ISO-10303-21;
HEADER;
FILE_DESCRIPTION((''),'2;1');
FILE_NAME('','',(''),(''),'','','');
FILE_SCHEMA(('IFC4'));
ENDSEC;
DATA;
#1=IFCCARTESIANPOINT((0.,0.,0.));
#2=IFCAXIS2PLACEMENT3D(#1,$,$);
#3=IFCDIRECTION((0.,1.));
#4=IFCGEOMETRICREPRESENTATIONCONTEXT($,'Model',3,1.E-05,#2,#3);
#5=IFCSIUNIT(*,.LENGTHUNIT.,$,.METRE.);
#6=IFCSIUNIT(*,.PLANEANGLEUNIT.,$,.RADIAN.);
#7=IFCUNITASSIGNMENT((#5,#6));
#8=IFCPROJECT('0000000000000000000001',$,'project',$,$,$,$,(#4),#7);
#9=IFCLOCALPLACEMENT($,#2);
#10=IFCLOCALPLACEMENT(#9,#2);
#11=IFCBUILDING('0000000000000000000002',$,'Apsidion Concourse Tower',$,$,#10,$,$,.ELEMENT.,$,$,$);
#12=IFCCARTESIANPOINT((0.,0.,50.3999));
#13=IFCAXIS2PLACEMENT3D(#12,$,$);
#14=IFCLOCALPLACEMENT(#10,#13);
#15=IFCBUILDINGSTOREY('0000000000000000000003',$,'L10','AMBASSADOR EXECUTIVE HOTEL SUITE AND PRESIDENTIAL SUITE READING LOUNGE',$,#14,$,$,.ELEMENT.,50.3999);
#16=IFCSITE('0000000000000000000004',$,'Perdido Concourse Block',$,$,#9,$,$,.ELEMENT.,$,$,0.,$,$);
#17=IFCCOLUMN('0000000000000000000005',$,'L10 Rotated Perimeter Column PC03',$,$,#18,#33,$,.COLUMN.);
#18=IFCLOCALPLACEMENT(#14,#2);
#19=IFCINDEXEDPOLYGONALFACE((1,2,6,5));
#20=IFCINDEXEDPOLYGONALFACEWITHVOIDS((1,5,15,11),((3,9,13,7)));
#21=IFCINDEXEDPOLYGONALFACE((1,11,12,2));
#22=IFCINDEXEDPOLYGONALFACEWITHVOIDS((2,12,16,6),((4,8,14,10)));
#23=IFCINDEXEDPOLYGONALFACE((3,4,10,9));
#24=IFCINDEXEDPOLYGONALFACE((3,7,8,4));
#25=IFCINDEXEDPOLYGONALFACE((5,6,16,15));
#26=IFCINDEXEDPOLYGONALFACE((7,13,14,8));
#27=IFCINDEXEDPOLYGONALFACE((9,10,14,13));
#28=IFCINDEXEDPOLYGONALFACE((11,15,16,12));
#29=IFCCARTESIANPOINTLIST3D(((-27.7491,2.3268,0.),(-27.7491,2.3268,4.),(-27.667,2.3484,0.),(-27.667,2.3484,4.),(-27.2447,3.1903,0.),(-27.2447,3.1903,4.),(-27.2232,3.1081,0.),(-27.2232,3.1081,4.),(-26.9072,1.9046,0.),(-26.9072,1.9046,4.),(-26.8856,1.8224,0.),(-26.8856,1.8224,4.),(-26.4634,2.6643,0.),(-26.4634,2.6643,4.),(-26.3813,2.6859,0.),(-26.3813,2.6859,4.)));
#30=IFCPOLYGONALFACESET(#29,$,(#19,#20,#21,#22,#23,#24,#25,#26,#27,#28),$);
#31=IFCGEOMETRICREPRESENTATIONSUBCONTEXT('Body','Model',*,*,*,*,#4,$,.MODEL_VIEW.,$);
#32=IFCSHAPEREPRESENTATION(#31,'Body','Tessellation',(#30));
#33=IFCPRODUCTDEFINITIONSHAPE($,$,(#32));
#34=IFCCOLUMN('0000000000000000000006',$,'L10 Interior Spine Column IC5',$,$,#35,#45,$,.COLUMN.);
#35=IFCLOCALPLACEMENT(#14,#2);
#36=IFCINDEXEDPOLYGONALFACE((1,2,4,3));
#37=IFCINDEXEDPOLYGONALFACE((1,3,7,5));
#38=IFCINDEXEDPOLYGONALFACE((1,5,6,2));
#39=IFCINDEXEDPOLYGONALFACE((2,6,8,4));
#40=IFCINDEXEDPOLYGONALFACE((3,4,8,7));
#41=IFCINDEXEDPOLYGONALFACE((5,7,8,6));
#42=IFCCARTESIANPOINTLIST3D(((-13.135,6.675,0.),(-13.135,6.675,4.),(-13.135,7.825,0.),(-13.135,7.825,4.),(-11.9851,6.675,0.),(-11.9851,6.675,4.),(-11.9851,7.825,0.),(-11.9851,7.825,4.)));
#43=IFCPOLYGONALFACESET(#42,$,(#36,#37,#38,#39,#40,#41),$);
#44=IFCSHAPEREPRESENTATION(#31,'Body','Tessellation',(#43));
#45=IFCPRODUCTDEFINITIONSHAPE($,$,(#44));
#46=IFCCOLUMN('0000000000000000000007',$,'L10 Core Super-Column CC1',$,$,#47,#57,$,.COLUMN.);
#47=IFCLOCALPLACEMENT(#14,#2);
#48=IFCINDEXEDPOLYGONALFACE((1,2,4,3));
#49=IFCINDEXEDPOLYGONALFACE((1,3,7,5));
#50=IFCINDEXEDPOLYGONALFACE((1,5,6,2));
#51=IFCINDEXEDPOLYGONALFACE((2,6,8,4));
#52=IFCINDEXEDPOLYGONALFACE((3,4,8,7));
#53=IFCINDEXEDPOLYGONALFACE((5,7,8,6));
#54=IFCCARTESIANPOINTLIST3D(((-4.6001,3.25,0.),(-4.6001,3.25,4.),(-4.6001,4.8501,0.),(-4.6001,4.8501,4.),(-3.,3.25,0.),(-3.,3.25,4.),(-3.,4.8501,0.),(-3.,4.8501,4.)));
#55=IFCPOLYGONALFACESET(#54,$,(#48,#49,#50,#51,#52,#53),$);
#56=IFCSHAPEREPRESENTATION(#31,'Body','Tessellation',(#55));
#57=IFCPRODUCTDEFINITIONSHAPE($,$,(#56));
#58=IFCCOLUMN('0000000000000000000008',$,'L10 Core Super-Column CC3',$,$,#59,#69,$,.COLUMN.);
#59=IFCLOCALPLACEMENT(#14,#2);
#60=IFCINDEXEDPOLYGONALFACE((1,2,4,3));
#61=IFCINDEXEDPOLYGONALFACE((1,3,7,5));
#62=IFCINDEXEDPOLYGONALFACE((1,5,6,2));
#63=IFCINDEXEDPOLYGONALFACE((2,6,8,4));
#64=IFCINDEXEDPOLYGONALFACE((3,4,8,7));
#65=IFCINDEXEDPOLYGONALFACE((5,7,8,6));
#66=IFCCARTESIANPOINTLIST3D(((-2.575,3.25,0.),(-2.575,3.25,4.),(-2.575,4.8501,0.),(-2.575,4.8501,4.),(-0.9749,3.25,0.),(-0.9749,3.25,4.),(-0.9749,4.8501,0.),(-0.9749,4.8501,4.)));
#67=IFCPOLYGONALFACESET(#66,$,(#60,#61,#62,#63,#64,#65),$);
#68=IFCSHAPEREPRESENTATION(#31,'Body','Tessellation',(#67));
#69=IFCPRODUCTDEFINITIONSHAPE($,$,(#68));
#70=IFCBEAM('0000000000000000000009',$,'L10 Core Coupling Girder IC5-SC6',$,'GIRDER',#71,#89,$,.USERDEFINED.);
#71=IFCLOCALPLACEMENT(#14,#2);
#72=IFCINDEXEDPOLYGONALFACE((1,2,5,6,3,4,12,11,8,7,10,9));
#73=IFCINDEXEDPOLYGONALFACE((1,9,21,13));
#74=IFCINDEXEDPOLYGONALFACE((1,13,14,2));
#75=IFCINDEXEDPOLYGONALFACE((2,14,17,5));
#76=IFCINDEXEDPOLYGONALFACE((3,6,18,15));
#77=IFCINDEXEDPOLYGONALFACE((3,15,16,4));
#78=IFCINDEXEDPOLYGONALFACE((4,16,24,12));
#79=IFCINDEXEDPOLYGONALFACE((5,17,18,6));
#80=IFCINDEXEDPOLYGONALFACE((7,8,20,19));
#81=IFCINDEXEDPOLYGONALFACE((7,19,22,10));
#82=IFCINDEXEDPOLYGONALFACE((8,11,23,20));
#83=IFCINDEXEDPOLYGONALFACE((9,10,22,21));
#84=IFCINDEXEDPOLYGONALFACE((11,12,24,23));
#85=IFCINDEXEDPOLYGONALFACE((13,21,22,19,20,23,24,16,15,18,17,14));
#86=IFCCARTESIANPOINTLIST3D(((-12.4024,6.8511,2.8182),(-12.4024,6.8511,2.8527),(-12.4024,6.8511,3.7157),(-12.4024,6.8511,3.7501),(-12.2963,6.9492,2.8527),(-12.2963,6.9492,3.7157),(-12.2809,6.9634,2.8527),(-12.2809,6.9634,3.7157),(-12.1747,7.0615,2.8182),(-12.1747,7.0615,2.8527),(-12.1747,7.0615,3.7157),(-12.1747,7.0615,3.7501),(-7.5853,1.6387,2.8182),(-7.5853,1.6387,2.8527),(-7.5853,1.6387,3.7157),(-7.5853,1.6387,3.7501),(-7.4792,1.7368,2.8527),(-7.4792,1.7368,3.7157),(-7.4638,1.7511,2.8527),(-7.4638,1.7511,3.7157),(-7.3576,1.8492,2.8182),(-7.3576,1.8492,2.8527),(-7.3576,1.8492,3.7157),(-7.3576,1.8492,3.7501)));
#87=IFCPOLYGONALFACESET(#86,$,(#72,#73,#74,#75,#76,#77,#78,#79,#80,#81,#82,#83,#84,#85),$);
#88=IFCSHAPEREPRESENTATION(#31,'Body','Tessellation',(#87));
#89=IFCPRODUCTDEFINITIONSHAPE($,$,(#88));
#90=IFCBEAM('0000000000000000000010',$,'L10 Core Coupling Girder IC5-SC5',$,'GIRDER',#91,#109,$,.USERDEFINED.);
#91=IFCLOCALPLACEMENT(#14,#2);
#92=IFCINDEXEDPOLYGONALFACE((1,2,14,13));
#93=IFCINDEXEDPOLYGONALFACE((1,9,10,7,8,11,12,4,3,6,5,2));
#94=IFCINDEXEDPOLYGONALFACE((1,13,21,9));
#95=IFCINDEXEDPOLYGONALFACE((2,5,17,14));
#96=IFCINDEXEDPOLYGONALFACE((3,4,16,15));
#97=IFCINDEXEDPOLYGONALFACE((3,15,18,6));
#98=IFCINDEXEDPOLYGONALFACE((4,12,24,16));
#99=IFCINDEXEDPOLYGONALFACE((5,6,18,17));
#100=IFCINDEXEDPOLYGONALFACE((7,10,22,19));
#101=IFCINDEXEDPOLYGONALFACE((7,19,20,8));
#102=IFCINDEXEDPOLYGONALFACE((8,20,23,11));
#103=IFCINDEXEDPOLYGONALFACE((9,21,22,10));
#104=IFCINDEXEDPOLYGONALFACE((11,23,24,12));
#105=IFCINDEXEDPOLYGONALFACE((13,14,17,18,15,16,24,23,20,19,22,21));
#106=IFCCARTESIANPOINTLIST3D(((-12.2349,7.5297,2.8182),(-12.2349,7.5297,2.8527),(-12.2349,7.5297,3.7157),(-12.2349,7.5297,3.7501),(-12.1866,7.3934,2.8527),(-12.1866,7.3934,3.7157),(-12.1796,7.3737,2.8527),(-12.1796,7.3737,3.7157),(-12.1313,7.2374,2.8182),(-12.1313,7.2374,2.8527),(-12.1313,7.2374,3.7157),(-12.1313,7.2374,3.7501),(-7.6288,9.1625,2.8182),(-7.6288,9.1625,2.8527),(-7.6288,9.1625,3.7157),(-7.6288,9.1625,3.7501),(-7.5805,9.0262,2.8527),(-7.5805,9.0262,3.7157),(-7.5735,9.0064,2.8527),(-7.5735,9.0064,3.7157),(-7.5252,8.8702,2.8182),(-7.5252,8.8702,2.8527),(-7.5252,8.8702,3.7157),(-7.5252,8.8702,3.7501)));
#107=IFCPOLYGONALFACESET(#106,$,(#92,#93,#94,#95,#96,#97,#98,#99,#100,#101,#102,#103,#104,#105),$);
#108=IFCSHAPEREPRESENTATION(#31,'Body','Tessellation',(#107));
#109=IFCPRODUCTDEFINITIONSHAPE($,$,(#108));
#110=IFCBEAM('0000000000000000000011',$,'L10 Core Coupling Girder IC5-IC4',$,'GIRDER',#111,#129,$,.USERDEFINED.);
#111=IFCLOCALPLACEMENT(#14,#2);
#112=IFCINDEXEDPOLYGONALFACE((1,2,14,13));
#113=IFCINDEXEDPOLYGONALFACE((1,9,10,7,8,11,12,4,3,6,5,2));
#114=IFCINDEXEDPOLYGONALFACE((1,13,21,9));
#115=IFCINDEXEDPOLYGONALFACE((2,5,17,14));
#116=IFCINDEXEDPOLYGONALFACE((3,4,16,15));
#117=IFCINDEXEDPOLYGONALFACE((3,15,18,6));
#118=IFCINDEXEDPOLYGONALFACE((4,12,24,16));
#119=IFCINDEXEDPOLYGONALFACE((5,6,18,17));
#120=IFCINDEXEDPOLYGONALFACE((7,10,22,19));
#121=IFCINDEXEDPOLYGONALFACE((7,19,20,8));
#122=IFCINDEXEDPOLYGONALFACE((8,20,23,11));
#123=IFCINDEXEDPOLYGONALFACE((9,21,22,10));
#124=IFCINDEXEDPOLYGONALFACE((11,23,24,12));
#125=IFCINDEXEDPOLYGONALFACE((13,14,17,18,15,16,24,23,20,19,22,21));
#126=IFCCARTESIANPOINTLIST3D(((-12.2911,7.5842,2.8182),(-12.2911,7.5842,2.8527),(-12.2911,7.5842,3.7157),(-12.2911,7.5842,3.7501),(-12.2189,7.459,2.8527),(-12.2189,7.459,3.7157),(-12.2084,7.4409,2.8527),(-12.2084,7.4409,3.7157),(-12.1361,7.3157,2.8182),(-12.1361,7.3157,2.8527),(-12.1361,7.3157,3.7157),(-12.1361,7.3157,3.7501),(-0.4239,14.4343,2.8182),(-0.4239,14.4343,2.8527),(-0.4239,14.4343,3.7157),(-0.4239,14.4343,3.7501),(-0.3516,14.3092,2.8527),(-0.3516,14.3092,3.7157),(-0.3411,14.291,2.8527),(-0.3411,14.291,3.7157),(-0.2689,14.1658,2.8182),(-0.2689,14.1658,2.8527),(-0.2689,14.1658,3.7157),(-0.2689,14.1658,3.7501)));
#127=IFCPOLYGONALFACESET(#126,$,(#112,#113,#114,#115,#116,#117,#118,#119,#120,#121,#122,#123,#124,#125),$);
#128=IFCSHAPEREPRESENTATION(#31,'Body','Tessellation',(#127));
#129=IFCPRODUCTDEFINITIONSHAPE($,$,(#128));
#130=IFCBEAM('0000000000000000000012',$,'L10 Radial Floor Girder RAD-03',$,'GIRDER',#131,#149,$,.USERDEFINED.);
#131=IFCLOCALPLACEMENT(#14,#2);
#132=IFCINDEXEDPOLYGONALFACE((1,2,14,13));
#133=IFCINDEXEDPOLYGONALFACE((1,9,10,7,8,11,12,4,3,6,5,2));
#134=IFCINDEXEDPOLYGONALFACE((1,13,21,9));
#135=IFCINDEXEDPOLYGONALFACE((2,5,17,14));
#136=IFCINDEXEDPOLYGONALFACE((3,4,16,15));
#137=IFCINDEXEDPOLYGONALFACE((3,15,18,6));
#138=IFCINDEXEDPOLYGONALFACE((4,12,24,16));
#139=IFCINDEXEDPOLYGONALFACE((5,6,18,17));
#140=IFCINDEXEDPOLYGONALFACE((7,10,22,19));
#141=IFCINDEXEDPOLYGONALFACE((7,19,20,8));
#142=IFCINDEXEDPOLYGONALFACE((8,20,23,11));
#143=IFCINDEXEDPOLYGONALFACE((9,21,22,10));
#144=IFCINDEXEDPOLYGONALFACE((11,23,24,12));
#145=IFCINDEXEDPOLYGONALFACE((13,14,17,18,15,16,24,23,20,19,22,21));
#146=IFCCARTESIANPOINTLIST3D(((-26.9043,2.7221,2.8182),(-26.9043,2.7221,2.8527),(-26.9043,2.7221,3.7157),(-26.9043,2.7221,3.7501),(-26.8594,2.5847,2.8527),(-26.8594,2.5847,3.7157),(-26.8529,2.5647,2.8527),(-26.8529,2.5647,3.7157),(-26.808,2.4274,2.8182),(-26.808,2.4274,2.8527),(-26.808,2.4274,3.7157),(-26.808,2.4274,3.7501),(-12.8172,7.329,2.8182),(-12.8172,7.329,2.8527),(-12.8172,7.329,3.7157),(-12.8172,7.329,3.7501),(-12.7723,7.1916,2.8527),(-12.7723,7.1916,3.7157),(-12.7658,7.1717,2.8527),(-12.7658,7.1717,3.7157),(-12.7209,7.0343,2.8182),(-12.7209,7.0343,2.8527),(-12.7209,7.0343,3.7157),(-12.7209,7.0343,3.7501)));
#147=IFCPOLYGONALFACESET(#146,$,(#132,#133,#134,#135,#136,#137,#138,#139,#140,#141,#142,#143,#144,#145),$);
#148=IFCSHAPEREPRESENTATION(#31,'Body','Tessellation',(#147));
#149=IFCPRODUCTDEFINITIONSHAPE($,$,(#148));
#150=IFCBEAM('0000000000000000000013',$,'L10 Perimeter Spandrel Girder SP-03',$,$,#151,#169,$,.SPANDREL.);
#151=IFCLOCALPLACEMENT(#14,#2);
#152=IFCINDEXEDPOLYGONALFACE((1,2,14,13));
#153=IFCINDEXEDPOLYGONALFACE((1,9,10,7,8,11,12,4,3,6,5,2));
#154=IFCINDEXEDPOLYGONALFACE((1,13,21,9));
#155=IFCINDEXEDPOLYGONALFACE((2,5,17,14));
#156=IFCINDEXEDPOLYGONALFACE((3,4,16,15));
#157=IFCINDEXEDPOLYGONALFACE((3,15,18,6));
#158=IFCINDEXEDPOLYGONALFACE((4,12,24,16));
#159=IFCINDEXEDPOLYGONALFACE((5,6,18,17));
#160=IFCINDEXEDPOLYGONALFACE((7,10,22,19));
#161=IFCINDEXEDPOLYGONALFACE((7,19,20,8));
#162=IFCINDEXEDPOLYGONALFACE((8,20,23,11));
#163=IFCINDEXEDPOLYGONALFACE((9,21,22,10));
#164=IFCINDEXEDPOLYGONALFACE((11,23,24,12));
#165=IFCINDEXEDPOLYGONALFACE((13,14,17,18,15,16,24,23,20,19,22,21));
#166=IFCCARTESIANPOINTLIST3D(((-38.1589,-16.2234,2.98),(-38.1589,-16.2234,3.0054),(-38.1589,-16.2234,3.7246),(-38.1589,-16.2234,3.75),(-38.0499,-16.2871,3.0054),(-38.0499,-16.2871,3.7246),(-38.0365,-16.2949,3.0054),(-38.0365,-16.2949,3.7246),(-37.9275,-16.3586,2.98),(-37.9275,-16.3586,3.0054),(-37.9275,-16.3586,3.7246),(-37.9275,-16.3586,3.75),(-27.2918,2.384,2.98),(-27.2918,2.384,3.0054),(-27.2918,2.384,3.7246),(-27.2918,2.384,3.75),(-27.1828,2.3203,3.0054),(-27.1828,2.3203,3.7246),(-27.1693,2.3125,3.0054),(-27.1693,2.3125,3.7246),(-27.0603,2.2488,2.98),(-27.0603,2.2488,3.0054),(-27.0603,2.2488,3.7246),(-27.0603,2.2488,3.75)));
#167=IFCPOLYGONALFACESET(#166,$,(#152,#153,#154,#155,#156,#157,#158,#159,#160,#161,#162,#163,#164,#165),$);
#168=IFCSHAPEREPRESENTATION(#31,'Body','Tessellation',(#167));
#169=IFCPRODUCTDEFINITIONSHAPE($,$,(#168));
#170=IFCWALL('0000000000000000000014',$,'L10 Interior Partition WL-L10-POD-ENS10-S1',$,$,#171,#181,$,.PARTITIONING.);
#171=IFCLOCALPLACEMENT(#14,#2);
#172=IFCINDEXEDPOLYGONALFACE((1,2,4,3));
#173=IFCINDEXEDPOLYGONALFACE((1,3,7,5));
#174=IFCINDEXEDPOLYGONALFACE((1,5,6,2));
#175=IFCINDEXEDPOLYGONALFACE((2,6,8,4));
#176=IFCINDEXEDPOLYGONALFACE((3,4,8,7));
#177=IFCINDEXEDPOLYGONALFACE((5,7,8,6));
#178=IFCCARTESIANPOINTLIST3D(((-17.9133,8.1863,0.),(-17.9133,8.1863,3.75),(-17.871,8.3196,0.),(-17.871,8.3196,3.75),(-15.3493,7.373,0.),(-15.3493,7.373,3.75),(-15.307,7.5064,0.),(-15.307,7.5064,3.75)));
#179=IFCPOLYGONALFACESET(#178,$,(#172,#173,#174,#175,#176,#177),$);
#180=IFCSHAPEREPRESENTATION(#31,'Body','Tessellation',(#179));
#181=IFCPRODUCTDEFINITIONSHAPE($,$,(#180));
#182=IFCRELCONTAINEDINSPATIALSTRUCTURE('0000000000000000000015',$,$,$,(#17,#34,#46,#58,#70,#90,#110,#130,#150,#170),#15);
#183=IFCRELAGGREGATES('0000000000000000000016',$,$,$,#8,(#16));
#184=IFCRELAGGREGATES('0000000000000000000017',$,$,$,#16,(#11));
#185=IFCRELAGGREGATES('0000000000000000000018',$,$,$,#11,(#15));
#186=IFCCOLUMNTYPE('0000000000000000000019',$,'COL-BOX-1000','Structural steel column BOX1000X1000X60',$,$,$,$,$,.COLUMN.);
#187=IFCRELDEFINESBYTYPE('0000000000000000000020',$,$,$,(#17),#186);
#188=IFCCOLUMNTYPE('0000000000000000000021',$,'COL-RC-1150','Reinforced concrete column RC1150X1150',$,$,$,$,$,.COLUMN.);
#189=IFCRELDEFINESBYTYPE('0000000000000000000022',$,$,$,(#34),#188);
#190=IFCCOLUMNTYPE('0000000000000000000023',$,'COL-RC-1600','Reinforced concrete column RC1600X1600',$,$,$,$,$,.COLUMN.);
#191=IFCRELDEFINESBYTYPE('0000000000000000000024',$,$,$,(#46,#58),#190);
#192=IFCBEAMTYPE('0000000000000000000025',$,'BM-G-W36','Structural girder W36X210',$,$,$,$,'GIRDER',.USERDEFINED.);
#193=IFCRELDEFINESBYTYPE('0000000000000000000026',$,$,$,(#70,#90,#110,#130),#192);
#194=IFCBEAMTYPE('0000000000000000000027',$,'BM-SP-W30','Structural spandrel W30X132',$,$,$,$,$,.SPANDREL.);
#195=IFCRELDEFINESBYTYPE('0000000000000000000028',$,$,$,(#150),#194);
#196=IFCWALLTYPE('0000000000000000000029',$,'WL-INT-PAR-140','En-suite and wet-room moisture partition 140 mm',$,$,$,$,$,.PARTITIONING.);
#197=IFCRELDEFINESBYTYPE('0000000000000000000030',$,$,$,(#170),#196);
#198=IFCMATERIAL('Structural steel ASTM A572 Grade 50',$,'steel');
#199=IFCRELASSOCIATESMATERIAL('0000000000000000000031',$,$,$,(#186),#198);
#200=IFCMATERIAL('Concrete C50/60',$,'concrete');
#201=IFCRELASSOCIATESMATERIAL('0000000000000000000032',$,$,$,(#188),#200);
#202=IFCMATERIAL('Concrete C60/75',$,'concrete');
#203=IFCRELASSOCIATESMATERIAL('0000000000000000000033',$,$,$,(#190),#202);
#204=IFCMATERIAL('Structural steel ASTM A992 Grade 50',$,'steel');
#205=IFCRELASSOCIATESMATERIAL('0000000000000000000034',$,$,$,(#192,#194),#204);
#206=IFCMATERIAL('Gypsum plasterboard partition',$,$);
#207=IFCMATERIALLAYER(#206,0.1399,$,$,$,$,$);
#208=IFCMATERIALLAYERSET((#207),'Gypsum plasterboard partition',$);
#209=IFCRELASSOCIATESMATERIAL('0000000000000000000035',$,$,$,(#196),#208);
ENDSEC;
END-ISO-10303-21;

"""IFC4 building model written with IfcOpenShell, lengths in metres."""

from ifc_helpers import new_model, si_unit, direction, frame, frame_2d, origin, origin_2d, place, context, subcontext, project, spatial, rectangle, hollow_rectangle, i_section, extrude, material, layer, layer_set, material_profile, profile_set, type_object, element, save


model = new_model("IFC4")

# Units and contexts
model_context = context("Model", 3, precision=1e-05, world=origin(), true_north=direction((0.0, 1.0)))
body_context = subcontext(model_context, "Body", "Model", "MODEL_VIEW")
ifc_project = project(units=[si_unit("LENGTHUNIT", "METRE"), si_unit("PLANEANGLEUNIT", "RADIAN")], contexts=[model_context])

# Site, building, storey
site_placement = place(None, origin())
site = spatial("IfcSite", under=ifc_project, at=site_placement, Name="Perdido Concourse Block", CompositionType="ELEMENT", RefElevation=0.0)
building_placement = place(site_placement, origin())
building = spatial("IfcBuilding", under=site, at=building_placement, Name="Apsidion Concourse Tower", CompositionType="ELEMENT")
storey_placement = place(building_placement, frame((0.0, 0.0, 50.3999)))
storey = spatial("IfcBuildingStorey", under=building, at=storey_placement, Name="L10", Description="AMBASSADOR EXECUTIVE HOTEL SUITE AND PRESIDENTIAL SUITE READING LOUNGE", CompositionType="ELEMENT", Elevation=50.3999)

# Columns
ifc_material_1 = material(Name="Structural steel ASTM A572 Grade 50", Category="steel")
ifc_material_profile_1 = material_profile(ifc_material_1, hollow_rectangle(XDim=1.0, YDim=1.0, WallThickness=0.0601, at=origin_2d()), Name="BOX1000X1000X60")
ifc_profile_set_1 = profile_set([ifc_material_profile_1], Name="Structural steel ASTM A572 Grade 50")
column_type_1 = type_object("IfcColumnType", Name="COL-BOX-1000", Description="Structural steel column BOX1000X1000X60", PredefinedType="COLUMN", material=ifc_profile_set_1)
column_1_placement = place(storey_placement, frame((-27.0652, 2.5063, 0.0), z_axis=(0.0, 0.0, 1.0), x_axis=(0.504377, 0.863484, 0.0)))
element("IfcColumn", 1, at=column_1_placement, inside=storey, type_object=column_type_1, Name="L10 Rotated Perimeter Column PC03", PredefinedType="COLUMN", context=body_context, shape_type="SweptSolid", body=[
    extrude(hollow_rectangle(XDim=1.0, YDim=1.0, WallThickness=0.0601, at=origin_2d()), origin(), (0.0, 0.0, 1.0), 4.0),
])
ifc_material_2 = material(Name="Concrete C50/60", Category="concrete")
ifc_material_profile_2 = material_profile(ifc_material_2, rectangle(XDim=1.1499, YDim=1.1499, at=origin_2d()), Name="RC 1150x1150")
ifc_profile_set_2 = profile_set([ifc_material_profile_2], Name="Concrete C50/60")
column_type_2 = type_object("IfcColumnType", Name="COL-RC-1150", Description="Reinforced concrete column RC1150X1150", PredefinedType="COLUMN", material=ifc_profile_set_2)
column_2_placement = place(storey_placement, frame((-12.5601, 7.25, 0.0), z_axis=(0.0, 0.0, 1.0), x_axis=(1.0, 0.0, 0.0)))
element("IfcColumn", 2, at=column_2_placement, inside=storey, type_object=column_type_2, Name="L10 Interior Spine Column IC5", PredefinedType="COLUMN", context=body_context, shape_type="SweptSolid", body=[
    extrude(rectangle(XDim=1.1499, YDim=1.1499, at=origin_2d()), origin(), (0.0, 0.0, 1.0), 4.0),
])
ifc_material_3 = material(Name="Concrete C60/75", Category="concrete")
ifc_material_profile_3 = material_profile(ifc_material_3, rectangle(XDim=1.6001, YDim=1.6001, at=origin_2d()), Name="RC 1600x1600")
ifc_profile_set_3 = profile_set([ifc_material_profile_3], Name="Concrete C60/75")
column_type_3 = type_object("IfcColumnType", Name="COL-RC-1600", Description="Reinforced concrete column RC1600X1600", PredefinedType="COLUMN", material=ifc_profile_set_3)
for number, where, z_axis, x_axis, name in (
    (3, (-3.8, 4.05, 0.0), (0.0, 0.0, 1.0), (1.0, 0.0, 0.0), "L10 Core Super-Column CC1"),
    (4, (-1.7749, 4.05, 0.0), (0.0, 0.0, 1.0), (1.0, 0.0, 0.0), "L10 Core Super-Column CC3"),
):
    element("IfcColumn", number, at=place(storey_placement, frame(where, z_axis=z_axis, x_axis=x_axis)), inside=storey, type_object=column_type_3, Name=name, PredefinedType="COLUMN", context=body_context, shape_type="SweptSolid", body=[
        extrude(rectangle(XDim=1.6001, YDim=1.6001, at=origin_2d()), origin(), (0.0, 0.0, 1.0), 4.0),
    ])

# Beams
ifc_material_4 = material(Name="Structural steel ASTM A992 Grade 50", Category="steel")
ifc_material_profile_4 = material_profile(ifc_material_4, i_section(OverallWidth=0.3101, OverallDepth=0.9319, WebThickness=0.021, FlangeThickness=0.0344, at=origin_2d()), Name="W36X210")
ifc_profile_set_4 = profile_set([ifc_material_profile_4], Name="Structural steel ASTM A992 Grade 50")
beam_type_1 = type_object("IfcBeamType", Name="BM-G-W36", Description="Structural girder W36X210", ElementType="GIRDER", PredefinedType="USERDEFINED", material=ifc_profile_set_4)
beam_1_placement = place(storey_placement, frame((-12.2886, 6.9563, 3.2842), z_axis=(0.678713, -0.734404, 0.0), x_axis=(0.734404, 0.678713, 0.0)))
element("IfcBeam", 5, at=beam_1_placement, inside=storey, type_object=beam_type_1, Name="L10 Core Coupling Girder IC5-SC6", ObjectType="GIRDER", PredefinedType="USERDEFINED", context=body_context, shape_type="SweptSolid", body=[
    extrude(i_section(OverallWidth=0.3101, OverallDepth=0.9319, WebThickness=0.021, FlangeThickness=0.0344, at=origin_2d()), origin(), (0.0, 0.0, 1.0), 7.0974),
])
beam_2_placement = place(storey_placement, frame((-12.1831, 7.3835, 3.2842), z_axis=(0.942534, 0.334111, 0.0), x_axis=(-0.334111, 0.942534, 0.0)))
element("IfcBeam", 6, at=beam_2_placement, inside=storey, type_object=beam_type_1, Name="L10 Core Coupling Girder IC5-SC5", ObjectType="GIRDER", PredefinedType="USERDEFINED", context=body_context, shape_type="SweptSolid", body=[
    extrude(i_section(OverallWidth=0.3101, OverallDepth=0.9319, WebThickness=0.021, FlangeThickness=0.0344, at=origin_2d()), origin(), (0.0, 0.0, 1.0), 4.887),
])
beam_3_placement = place(storey_placement, frame((-12.2136, 7.45, 3.2842), z_axis=(0.86607, 0.499922, 0.0), x_axis=(-0.499922, 0.86607, 0.0)))
element("IfcBeam", 7, at=beam_3_placement, inside=storey, type_object=beam_type_1, Name="L10 Core Coupling Girder IC5-IC4", ObjectType="GIRDER", PredefinedType="USERDEFINED", context=body_context, shape_type="SweptSolid", body=[
    extrude(i_section(OverallWidth=0.3101, OverallDepth=0.9319, WebThickness=0.021, FlangeThickness=0.0344, at=origin_2d()), origin(), (0.0, 0.0, 1.0), 13.7024),
])
beam_4_placement = place(storey_placement, frame((-12.769, 7.1816, 3.2842), z_axis=(-0.950465, -0.310831, 0.0), x_axis=(0.310831, -0.950465, 0.0)))
element("IfcBeam", 8, at=beam_4_placement, inside=storey, type_object=beam_type_1, Name="L10 Radial Floor Girder RAD-03", ObjectType="GIRDER", PredefinedType="USERDEFINED", context=body_context, shape_type="SweptSolid", body=[
    extrude(i_section(OverallWidth=0.3101, OverallDepth=0.9319, WebThickness=0.021, FlangeThickness=0.0344, at=origin_2d()), origin(), (0.0, 0.0, 1.0), 14.8213),
])
ifc_material_profile_5 = material_profile(ifc_material_4, i_section(OverallWidth=0.2681, OverallDepth=0.77, WebThickness=0.0156, FlangeThickness=0.0254, at=origin_2d()), Name="W30X132")
ifc_profile_set_5 = profile_set([ifc_material_profile_5], Name="Structural steel ASTM A992 Grade 50")
beam_type_2 = type_object("IfcBeamType", Name="BM-SP-W30", Description="Structural spandrel W30X132", PredefinedType="SPANDREL", material=ifc_profile_set_5)
beam_5_placement = place(storey_placement, frame((-27.176, 2.3164, 3.365), z_axis=(-0.504316, -0.863519, 0.0), x_axis=(0.863519, -0.504316, 0.0)))
element("IfcBeam", 9, at=beam_5_placement, inside=storey, type_object=beam_type_2, Name="L10 Perimeter Spandrel Girder SP-03", PredefinedType="SPANDREL", context=body_context, shape_type="SweptSolid", body=[
    extrude(i_section(OverallWidth=0.2681, OverallDepth=0.77, WebThickness=0.0156, FlangeThickness=0.0254, at=origin_2d()), origin(), (0.0, 0.0, 1.0), 21.5483),
])

# Wall
ifc_material_5 = material(Name="Gypsum plasterboard partition")
ifc_layer_1 = layer(ifc_material_5, 0.1399)
ifc_layer_set_1 = layer_set([ifc_layer_1], Name="Gypsum plasterboard partition")
wall_type_1 = type_object("IfcWallType", Name="WL-INT-PAR-140", Description="En-suite and wet-room moisture partition 140 mm", PredefinedType="PARTITIONING", material=ifc_layer_set_1)
wall_1_placement = place(storey_placement, frame((-15.3281, 7.4397, 0.0), z_axis=(0.0, 0.0, 1.0), x_axis=(-0.953202, 0.302334, 0.0)))
element("IfcWall", 10, at=wall_1_placement, inside=storey, type_object=wall_type_1, Name="L10 Interior Partition WL-L10-POD-ENS10-S1", PredefinedType="PARTITIONING", context=body_context, shape_type="SweptSolid", body=[
    extrude(rectangle(XDim=2.6899, YDim=0.1399, at=frame_2d((1.345, 0.0))), origin(), (0.0, 0.0, 1.0), 3.75),
])

save(model, "model.ifc")
